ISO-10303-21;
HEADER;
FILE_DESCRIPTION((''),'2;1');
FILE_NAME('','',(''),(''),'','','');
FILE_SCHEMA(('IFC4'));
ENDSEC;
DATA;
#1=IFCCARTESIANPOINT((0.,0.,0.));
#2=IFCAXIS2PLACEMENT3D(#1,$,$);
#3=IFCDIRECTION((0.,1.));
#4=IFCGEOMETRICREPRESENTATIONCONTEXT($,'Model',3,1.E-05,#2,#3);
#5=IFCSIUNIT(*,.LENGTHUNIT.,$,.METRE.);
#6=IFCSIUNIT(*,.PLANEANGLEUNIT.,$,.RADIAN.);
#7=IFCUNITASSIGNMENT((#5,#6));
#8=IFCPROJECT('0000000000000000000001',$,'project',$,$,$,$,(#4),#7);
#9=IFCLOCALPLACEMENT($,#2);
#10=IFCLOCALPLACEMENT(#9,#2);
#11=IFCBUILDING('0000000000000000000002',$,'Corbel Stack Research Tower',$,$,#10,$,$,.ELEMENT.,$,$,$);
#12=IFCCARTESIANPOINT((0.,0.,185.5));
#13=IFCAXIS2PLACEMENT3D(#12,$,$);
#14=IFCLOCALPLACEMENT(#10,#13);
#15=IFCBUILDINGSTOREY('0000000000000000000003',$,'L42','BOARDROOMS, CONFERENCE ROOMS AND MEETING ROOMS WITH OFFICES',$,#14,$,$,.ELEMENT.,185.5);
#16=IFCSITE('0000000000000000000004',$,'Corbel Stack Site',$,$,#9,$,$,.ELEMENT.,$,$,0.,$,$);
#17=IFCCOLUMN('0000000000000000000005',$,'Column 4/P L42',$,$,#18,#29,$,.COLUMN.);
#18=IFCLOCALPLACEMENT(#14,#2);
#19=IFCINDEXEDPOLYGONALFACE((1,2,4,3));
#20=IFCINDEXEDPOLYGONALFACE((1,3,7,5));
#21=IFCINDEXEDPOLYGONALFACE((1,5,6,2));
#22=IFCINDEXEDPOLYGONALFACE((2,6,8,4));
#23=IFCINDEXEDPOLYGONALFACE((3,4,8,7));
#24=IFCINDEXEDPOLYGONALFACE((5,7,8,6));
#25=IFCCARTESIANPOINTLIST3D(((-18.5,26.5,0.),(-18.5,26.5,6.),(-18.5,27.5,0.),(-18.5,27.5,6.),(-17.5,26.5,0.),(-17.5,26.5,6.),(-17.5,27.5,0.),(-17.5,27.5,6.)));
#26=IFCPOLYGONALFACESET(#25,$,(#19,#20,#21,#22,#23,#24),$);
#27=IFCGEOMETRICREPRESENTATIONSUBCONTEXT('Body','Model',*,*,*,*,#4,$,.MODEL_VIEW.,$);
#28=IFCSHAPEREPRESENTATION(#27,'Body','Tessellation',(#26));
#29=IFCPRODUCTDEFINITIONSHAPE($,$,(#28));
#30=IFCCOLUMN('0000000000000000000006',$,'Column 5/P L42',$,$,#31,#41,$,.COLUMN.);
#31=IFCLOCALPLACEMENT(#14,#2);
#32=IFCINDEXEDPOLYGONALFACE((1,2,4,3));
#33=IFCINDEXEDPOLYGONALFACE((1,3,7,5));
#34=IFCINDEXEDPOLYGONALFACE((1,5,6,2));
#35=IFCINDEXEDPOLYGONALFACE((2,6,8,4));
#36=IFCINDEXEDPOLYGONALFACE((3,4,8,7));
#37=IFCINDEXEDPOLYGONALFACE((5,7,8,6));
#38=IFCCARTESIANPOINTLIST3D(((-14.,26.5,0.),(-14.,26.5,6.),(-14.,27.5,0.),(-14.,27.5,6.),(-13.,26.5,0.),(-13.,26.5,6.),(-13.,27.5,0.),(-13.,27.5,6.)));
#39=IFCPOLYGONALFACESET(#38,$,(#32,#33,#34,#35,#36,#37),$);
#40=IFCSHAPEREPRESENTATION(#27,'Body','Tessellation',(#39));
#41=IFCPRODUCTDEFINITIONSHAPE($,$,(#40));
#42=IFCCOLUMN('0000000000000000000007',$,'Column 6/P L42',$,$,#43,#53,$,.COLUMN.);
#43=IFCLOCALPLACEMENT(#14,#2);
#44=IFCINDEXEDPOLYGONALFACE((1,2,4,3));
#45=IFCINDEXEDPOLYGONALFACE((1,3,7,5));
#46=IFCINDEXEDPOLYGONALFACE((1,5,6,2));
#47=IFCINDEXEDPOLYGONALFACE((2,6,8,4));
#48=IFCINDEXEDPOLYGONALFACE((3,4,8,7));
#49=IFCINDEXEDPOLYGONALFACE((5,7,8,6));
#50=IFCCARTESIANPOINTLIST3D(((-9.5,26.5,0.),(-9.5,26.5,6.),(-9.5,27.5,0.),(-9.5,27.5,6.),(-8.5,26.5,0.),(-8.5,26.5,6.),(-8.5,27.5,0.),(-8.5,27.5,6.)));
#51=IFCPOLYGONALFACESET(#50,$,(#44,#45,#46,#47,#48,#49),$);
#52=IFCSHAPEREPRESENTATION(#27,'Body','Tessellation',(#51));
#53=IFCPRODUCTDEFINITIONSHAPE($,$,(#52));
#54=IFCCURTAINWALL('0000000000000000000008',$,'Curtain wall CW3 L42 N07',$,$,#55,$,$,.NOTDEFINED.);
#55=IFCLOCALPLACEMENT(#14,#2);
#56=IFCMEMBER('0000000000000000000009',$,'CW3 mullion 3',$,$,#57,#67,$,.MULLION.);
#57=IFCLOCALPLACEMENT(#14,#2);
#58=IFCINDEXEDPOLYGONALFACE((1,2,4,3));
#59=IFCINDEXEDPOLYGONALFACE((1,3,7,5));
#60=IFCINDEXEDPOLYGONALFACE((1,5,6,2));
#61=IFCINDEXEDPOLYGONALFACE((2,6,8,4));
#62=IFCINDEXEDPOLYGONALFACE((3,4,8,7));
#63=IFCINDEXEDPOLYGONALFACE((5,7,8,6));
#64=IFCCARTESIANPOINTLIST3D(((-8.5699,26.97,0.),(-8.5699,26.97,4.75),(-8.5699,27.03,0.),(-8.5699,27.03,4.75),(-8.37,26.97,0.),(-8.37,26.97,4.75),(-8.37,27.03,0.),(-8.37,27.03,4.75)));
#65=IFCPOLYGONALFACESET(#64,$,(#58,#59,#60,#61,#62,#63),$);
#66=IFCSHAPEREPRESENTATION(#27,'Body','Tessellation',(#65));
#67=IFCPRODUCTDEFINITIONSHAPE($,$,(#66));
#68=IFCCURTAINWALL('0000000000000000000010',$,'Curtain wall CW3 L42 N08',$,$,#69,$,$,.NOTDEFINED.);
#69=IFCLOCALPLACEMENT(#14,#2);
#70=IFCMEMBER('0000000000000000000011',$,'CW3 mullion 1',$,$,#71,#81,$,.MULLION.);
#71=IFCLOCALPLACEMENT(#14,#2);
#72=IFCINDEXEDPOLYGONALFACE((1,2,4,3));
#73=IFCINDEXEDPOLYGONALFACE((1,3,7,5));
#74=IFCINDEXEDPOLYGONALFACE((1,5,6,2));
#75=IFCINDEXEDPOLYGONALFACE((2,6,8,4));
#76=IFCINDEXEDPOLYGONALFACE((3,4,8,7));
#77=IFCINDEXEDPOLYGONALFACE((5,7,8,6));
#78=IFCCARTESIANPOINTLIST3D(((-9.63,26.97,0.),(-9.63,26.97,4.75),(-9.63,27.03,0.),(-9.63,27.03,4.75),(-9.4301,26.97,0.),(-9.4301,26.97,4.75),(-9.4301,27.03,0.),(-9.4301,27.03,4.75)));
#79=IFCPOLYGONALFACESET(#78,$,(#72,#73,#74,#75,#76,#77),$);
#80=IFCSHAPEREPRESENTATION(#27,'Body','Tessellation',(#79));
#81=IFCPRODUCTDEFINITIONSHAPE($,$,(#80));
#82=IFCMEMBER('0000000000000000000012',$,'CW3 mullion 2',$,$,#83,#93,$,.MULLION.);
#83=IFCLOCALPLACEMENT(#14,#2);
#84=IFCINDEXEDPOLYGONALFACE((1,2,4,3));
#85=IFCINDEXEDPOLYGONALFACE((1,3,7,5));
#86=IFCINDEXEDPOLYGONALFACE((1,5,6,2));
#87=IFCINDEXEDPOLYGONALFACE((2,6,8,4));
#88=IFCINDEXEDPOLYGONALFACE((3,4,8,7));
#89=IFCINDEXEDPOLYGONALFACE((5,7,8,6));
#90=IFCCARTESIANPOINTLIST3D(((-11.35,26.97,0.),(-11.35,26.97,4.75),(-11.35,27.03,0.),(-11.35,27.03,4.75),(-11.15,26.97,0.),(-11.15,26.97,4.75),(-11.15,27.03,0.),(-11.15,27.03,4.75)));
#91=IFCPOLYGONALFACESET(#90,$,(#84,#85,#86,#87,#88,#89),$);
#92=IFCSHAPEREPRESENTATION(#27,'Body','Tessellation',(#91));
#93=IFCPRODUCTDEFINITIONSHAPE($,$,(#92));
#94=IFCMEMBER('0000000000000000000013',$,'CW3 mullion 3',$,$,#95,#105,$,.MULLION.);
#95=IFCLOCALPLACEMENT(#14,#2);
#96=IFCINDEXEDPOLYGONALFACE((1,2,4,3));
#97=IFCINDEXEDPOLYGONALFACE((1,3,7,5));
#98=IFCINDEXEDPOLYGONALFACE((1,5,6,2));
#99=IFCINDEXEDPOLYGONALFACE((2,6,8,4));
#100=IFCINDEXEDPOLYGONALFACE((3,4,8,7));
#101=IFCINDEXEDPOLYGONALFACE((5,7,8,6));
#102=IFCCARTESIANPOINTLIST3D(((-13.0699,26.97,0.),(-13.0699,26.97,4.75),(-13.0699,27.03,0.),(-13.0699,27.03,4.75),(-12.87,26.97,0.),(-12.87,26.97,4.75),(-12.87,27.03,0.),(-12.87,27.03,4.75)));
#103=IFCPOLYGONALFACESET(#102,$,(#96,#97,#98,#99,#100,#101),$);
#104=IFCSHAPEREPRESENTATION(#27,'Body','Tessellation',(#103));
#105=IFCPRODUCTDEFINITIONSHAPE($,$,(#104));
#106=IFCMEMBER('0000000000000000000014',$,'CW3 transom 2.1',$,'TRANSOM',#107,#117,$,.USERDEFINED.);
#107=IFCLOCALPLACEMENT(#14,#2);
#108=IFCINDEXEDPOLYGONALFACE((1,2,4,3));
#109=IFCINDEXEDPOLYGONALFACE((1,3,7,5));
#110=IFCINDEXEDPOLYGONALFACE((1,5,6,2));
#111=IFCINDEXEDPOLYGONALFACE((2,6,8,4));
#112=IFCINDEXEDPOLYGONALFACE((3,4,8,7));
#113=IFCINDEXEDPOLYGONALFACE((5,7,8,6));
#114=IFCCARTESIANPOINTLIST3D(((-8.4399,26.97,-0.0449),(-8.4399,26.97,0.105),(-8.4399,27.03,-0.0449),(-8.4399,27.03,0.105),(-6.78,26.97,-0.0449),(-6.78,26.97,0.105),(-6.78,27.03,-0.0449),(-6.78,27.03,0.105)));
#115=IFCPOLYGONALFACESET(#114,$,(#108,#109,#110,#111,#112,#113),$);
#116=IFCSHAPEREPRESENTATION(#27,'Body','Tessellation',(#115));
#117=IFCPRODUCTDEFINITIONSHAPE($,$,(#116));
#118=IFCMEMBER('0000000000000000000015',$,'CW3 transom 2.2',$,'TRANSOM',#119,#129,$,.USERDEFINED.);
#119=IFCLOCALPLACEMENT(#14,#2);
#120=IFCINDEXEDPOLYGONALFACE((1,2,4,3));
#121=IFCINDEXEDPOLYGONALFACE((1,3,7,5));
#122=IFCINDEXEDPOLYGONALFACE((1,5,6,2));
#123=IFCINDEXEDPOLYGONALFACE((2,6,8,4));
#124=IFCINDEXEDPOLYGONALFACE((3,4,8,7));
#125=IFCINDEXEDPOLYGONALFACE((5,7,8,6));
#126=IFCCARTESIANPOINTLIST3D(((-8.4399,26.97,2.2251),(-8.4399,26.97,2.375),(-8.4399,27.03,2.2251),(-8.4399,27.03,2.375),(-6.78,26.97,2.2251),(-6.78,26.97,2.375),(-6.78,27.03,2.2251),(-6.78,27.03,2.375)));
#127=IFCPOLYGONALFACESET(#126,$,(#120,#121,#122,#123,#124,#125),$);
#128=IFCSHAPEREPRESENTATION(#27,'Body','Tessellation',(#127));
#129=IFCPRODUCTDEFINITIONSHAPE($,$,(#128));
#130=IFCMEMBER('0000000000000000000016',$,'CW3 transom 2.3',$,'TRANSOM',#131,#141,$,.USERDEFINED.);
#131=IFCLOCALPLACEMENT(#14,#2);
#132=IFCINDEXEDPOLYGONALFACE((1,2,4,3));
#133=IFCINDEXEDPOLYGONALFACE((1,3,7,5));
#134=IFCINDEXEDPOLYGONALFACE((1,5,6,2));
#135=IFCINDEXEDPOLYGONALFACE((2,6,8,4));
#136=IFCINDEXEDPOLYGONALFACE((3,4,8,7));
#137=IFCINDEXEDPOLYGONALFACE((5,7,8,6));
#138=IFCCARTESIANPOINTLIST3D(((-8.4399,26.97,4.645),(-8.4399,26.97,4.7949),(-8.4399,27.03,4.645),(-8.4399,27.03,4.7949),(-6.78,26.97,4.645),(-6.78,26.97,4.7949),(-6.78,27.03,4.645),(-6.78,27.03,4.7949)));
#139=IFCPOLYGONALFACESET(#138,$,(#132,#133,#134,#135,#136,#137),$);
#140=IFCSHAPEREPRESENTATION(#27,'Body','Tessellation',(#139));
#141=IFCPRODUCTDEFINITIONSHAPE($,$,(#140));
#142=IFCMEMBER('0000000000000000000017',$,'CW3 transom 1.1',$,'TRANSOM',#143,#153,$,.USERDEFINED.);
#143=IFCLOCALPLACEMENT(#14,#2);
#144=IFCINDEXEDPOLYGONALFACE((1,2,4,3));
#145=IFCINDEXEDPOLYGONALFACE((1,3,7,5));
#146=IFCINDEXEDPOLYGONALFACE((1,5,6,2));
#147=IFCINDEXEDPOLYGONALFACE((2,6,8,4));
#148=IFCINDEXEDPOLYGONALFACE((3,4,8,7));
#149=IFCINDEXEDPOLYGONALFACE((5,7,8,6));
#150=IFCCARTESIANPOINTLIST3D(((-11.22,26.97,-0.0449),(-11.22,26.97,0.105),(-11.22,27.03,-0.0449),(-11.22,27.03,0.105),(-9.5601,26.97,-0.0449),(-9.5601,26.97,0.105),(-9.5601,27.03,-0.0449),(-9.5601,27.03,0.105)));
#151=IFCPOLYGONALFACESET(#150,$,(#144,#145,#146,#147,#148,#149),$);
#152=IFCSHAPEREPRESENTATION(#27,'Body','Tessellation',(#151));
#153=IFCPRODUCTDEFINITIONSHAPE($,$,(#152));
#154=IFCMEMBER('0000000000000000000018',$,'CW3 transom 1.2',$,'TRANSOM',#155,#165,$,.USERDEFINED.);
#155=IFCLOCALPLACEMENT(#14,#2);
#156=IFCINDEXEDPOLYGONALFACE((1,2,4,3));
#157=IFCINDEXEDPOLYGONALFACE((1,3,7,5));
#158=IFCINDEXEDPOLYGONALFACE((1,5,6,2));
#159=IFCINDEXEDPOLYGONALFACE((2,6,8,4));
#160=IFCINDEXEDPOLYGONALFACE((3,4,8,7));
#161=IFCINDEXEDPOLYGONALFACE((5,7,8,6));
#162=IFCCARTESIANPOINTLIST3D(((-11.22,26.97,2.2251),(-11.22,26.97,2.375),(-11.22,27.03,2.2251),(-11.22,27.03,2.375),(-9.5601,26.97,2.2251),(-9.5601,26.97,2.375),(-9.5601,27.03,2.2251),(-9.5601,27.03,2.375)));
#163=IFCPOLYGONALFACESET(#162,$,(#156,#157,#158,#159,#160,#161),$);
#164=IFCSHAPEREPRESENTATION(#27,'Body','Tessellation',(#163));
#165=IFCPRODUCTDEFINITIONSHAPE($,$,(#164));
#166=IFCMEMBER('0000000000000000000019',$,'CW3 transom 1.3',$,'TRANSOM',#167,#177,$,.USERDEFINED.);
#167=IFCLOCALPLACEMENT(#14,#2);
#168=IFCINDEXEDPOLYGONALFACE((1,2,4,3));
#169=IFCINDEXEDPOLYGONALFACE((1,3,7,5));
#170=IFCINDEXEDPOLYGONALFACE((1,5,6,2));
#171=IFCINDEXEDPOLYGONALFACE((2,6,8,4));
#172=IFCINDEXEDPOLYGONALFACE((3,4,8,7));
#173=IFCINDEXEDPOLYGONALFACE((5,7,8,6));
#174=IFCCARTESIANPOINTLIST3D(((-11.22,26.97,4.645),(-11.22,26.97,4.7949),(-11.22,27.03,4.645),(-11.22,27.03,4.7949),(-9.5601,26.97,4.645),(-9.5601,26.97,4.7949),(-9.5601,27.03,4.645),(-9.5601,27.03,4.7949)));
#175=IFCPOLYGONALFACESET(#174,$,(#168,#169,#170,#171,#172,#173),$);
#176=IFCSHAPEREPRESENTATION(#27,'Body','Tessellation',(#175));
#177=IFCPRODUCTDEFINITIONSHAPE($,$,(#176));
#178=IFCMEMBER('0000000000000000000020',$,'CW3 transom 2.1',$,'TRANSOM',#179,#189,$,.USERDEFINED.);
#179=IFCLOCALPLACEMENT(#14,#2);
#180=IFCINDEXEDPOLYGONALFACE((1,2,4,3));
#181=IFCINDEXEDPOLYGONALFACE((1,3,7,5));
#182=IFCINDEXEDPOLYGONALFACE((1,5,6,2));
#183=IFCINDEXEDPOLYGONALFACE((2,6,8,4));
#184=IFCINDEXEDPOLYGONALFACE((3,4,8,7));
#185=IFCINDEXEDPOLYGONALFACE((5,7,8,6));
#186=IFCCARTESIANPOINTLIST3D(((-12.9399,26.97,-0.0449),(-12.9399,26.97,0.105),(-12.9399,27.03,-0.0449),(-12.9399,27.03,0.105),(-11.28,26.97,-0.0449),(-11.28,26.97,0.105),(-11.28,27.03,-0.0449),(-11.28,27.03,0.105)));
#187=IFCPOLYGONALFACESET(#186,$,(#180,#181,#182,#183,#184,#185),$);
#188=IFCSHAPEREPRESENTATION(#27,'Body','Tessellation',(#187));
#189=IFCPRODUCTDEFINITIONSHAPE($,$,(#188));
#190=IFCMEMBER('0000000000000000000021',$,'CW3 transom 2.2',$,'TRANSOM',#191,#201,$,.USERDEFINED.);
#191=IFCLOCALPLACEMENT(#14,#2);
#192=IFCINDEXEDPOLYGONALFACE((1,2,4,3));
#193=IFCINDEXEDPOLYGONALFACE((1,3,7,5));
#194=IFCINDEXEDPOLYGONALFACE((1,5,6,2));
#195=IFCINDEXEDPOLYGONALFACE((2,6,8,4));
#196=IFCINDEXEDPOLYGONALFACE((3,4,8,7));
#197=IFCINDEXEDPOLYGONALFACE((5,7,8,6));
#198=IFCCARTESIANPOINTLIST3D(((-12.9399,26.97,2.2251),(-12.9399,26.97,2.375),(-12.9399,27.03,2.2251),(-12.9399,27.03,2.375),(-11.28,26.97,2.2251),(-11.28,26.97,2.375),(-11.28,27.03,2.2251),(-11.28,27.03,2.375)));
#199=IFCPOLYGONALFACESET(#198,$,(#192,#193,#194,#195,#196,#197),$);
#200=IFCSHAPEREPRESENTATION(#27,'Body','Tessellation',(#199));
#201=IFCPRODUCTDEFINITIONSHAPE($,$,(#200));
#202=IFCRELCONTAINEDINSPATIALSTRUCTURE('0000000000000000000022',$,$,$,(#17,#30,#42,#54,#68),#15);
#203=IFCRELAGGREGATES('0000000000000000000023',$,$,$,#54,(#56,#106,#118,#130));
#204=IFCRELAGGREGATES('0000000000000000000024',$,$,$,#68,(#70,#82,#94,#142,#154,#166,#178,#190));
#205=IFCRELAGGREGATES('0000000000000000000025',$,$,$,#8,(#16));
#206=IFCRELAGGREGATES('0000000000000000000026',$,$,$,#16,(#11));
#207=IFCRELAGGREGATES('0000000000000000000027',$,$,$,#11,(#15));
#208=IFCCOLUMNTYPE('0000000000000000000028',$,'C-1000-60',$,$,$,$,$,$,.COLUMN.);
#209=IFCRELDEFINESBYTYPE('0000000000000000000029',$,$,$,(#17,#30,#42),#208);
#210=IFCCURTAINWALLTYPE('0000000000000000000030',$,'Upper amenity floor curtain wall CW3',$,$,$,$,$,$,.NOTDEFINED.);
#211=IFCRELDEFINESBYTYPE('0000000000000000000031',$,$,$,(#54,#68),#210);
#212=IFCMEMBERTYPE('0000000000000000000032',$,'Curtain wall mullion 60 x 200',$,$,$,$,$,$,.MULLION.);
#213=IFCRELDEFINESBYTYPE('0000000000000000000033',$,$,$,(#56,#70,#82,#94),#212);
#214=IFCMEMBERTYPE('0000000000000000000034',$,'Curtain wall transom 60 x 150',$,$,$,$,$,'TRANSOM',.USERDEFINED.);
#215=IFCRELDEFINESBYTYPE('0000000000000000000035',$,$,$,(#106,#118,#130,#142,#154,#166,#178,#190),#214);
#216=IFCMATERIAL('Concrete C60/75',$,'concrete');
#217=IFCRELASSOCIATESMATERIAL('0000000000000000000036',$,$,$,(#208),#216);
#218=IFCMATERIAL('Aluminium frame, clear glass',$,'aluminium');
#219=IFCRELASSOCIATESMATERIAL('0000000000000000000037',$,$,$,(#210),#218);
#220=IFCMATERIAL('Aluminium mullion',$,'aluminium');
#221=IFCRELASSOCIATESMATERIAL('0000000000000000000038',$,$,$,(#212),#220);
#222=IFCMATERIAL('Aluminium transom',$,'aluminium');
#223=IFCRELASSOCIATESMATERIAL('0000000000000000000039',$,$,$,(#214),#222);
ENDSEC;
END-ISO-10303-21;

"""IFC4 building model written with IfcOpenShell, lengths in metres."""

from ifc_helpers import new_model, si_unit, direction, frame, origin, origin_2d, place, context, subcontext, project, spatial, rectangle, extrude, material, material_profile, profile_set, type_object, element, aggregate, save


model = new_model("IFC4")

# Units and contexts
model_context = context("Model", 3, precision=1e-05, world=origin(), true_north=direction((0.0, 1.0)))
body_context = subcontext(model_context, "Body", "Model", "MODEL_VIEW")
ifc_project = project(units=[si_unit("LENGTHUNIT", "METRE"), si_unit("PLANEANGLEUNIT", "RADIAN")], contexts=[model_context])

# Site, building, storey
site_placement = place(None, origin())
site = spatial("IfcSite", under=ifc_project, at=site_placement, Name="Corbel Stack Site", CompositionType="ELEMENT", RefElevation=0.0)
building_placement = place(site_placement, origin())
building = spatial("IfcBuilding", under=site, at=building_placement, Name="Corbel Stack Research Tower", CompositionType="ELEMENT")
storey_placement = place(building_placement, frame((0.0, 0.0, 185.5)))
storey = spatial("IfcBuildingStorey", under=building, at=storey_placement, Name="L42", Description="BOARDROOMS, CONFERENCE ROOMS AND MEETING ROOMS WITH OFFICES", CompositionType="ELEMENT", Elevation=185.5)

# Columns
ifc_material_1 = material(Name="Concrete C60/75", Category="concrete")
ifc_material_profile_1 = material_profile(ifc_material_1, rectangle(XDim=1.0, YDim=1.0, at=origin_2d()), Name="RC 1000 x 1000")
ifc_profile_set_1 = profile_set([ifc_material_profile_1], Name="Concrete C60/75")
column_type = type_object("IfcColumnType", Name="C-1000-60", PredefinedType="COLUMN", material=ifc_profile_set_1)
for number, where, z_axis, x_axis, name in (
    (1, (-18.0, 27.0, 0.0), (0.0, 0.0, 1.0), (1.0, 0.0, 0.0), "Column 4/P L42"),
    (2, (-13.5, 27.0, 0.0), (0.0, 0.0, 1.0), (1.0, 0.0, 0.0), "Column 5/P L42"),
    (3, (-9.0, 27.0, 0.0), (0.0, 0.0, 1.0), (1.0, 0.0, 0.0), "Column 6/P L42"),
):
    element("IfcColumn", number, at=place(storey_placement, frame(where, z_axis=z_axis, x_axis=x_axis)), inside=storey, type_object=column_type, Name=name, PredefinedType="COLUMN", context=body_context, shape_type="SweptSolid", body=[
        extrude(rectangle(XDim=1.0, YDim=1.0, at=origin_2d()), origin(), (0.0, 0.0, 1.0), 6.0),
    ])

# Curtain wall, member
ifc_material_2 = material(Name="Aluminium frame, clear glass", Category="aluminium")
curtain_wall_type = type_object("IfcCurtainWallType", Name="Upper amenity floor curtain wall CW3", PredefinedType="NOTDEFINED", material=ifc_material_2)
curtain_wall_1_placement = place(storey_placement, origin())
curtain_wall_1 = element("IfcCurtainWall", 4, at=curtain_wall_1_placement, inside=storey, type_object=curtain_wall_type, Name="Curtain wall CW3 L42 N07", PredefinedType="NOTDEFINED")
ifc_material_3 = material(Name="Aluminium mullion", Category="aluminium")
ifc_material_profile_2 = material_profile(ifc_material_3, rectangle(XDim=0.0601, YDim=0.2, at=origin_2d()), Name="Mullion 60 x 200")
ifc_profile_set_2 = profile_set([ifc_material_profile_2], Name="Aluminium mullion")
member_type_1 = type_object("IfcMemberType", Name="Curtain wall mullion 60 x 200", PredefinedType="MULLION", material=ifc_profile_set_2)
member_1_placement = place(storey_placement, frame((-8.47, 27.0, 0.0), z_axis=(0.0, 0.0, 1.0), x_axis=(0.0, -1.0, 0.0)))
member_1 = element("IfcMember", 5, at=member_1_placement, type_object=member_type_1, Name="CW3 mullion 3", PredefinedType="MULLION", context=body_context, shape_type="SweptSolid", body=[
    extrude(rectangle(XDim=0.0601, YDim=0.2, at=origin_2d()), origin(), (0.0, 0.0, 1.0), 4.75),
])

# Curtain wall, members
curtain_wall_2_placement = place(storey_placement, origin())
curtain_wall_2 = element("IfcCurtainWall", 6, at=curtain_wall_2_placement, inside=storey, type_object=curtain_wall_type, Name="Curtain wall CW3 L42 N08", PredefinedType="NOTDEFINED")
member_2_placement = place(storey_placement, frame((-9.53, 27.0, 0.0), z_axis=(0.0, 0.0, 1.0), x_axis=(0.0, -1.0, 0.0)))
member_2 = element("IfcMember", 7, at=member_2_placement, type_object=member_type_1, Name="CW3 mullion 1", PredefinedType="MULLION", context=body_context, shape_type="SweptSolid", body=[
    extrude(rectangle(XDim=0.0601, YDim=0.2, at=origin_2d()), origin(), (0.0, 0.0, 1.0), 4.75),
])
member_3_placement = place(storey_placement, frame((-11.25, 27.0, 0.0), z_axis=(0.0, 0.0, 1.0), x_axis=(0.0, -1.0, 0.0)))
member_3 = element("IfcMember", 8, at=member_3_placement, type_object=member_type_1, Name="CW3 mullion 2", PredefinedType="MULLION", context=body_context, shape_type="SweptSolid", body=[
    extrude(rectangle(XDim=0.0601, YDim=0.2, at=origin_2d()), origin(), (0.0, 0.0, 1.0), 4.75),
])
member_4_placement = place(storey_placement, frame((-12.97, 27.0, 0.0), z_axis=(0.0, 0.0, 1.0), x_axis=(0.0, -1.0, 0.0)))
member_4 = element("IfcMember", 9, at=member_4_placement, type_object=member_type_1, Name="CW3 mullion 3", PredefinedType="MULLION", context=body_context, shape_type="SweptSolid", body=[
    extrude(rectangle(XDim=0.0601, YDim=0.2, at=origin_2d()), origin(), (0.0, 0.0, 1.0), 4.75),
])

# Members
ifc_material_4 = material(Name="Aluminium transom", Category="aluminium")
ifc_material_profile_3 = material_profile(ifc_material_4, rectangle(XDim=0.0601, YDim=0.1499, at=origin_2d()), Name="Transom 60 x 150")
ifc_profile_set_3 = profile_set([ifc_material_profile_3], Name="Aluminium transom")
member_type_2 = type_object("IfcMemberType", Name="Curtain wall transom 60 x 150", ElementType="TRANSOM", PredefinedType="USERDEFINED", material=ifc_profile_set_3)
member_5_placement = place(storey_placement, frame((-6.78, 27.0, 0.03), z_axis=(-1.0, 0.0, 0.0), x_axis=(0.0, -1.0, 0.0)))
member_5 = element("IfcMember", 10, at=member_5_placement, type_object=member_type_2, Name="CW3 transom 2.1", ObjectType="TRANSOM", PredefinedType="USERDEFINED", context=body_context, shape_type="SweptSolid", body=[
    extrude(rectangle(XDim=0.0601, YDim=0.1499, at=origin_2d()), origin(), (0.0, 0.0, 1.0), 1.6599),
])
member_6_placement = place(storey_placement, frame((-6.78, 27.0, 2.3), z_axis=(-1.0, 0.0, 0.0), x_axis=(0.0, -1.0, 0.0)))
member_6 = element("IfcMember", 11, at=member_6_placement, type_object=member_type_2, Name="CW3 transom 2.2", ObjectType="TRANSOM", PredefinedType="USERDEFINED", context=body_context, shape_type="SweptSolid", body=[
    extrude(rectangle(XDim=0.0601, YDim=0.1499, at=origin_2d()), origin(), (0.0, 0.0, 1.0), 1.6599),
])
member_7_placement = place(storey_placement, frame((-6.78, 27.0, 4.72), z_axis=(-1.0, 0.0, 0.0), x_axis=(0.0, -1.0, 0.0)))
member_7 = element("IfcMember", 12, at=member_7_placement, type_object=member_type_2, Name="CW3 transom 2.3", ObjectType="TRANSOM", PredefinedType="USERDEFINED", context=body_context, shape_type="SweptSolid", body=[
    extrude(rectangle(XDim=0.0601, YDim=0.1499, at=origin_2d()), origin(), (0.0, 0.0, 1.0), 1.6599),
])
member_8_placement = place(storey_placement, frame((-9.5601, 27.0, 0.03), z_axis=(-1.0, 0.0, 0.0), x_axis=(0.0, -1.0, 0.0)))
member_8 = element("IfcMember", 13, at=member_8_placement, type_object=member_type_2, Name="CW3 transom 1.1", ObjectType="TRANSOM", PredefinedType="USERDEFINED", context=body_context, shape_type="SweptSolid", body=[
    extrude(rectangle(XDim=0.0601, YDim=0.1499, at=origin_2d()), origin(), (0.0, 0.0, 1.0), 1.6599),
])
member_9_placement = place(storey_placement, frame((-9.5601, 27.0, 2.3), z_axis=(-1.0, 0.0, 0.0), x_axis=(0.0, -1.0, 0.0)))
member_9 = element("IfcMember", 14, at=member_9_placement, type_object=member_type_2, Name="CW3 transom 1.2", ObjectType="TRANSOM", PredefinedType="USERDEFINED", context=body_context, shape_type="SweptSolid", body=[
    extrude(rectangle(XDim=0.0601, YDim=0.1499, at=origin_2d()), origin(), (0.0, 0.0, 1.0), 1.6599),
])
member_10_placement = place(storey_placement, frame((-9.5601, 27.0, 4.72), z_axis=(-1.0, 0.0, 0.0), x_axis=(0.0, -1.0, 0.0)))
member_10 = element("IfcMember", 15, at=member_10_placement, type_object=member_type_2, Name="CW3 transom 1.3", ObjectType="TRANSOM", PredefinedType="USERDEFINED", context=body_context, shape_type="SweptSolid", body=[
    extrude(rectangle(XDim=0.0601, YDim=0.1499, at=origin_2d()), origin(), (0.0, 0.0, 1.0), 1.6599),
])
member_11_placement = place(storey_placement, frame((-11.28, 27.0, 0.03), z_axis=(-1.0, 0.0, 0.0), x_axis=(0.0, -1.0, 0.0)))
member_11 = element("IfcMember", 16, at=member_11_placement, type_object=member_type_2, Name="CW3 transom 2.1", ObjectType="TRANSOM", PredefinedType="USERDEFINED", context=body_context, shape_type="SweptSolid", body=[
    extrude(rectangle(XDim=0.0601, YDim=0.1499, at=origin_2d()), origin(), (0.0, 0.0, 1.0), 1.6599),
])
member_12_placement = place(storey_placement, frame((-11.28, 27.0, 2.3), z_axis=(-1.0, 0.0, 0.0), x_axis=(0.0, -1.0, 0.0)))
member_12 = element("IfcMember", 17, at=member_12_placement, type_object=member_type_2, Name="CW3 transom 2.2", ObjectType="TRANSOM", PredefinedType="USERDEFINED", context=body_context, shape_type="SweptSolid", body=[
    extrude(rectangle(XDim=0.0601, YDim=0.1499, at=origin_2d()), origin(), (0.0, 0.0, 1.0), 1.6599),
])

aggregate(curtain_wall_1, [member_1, member_5, member_6, member_7])
aggregate(curtain_wall_2, [member_2, member_3, member_4, member_8, member_9, member_10, member_11, member_12])

save(model, "model.ifc")
